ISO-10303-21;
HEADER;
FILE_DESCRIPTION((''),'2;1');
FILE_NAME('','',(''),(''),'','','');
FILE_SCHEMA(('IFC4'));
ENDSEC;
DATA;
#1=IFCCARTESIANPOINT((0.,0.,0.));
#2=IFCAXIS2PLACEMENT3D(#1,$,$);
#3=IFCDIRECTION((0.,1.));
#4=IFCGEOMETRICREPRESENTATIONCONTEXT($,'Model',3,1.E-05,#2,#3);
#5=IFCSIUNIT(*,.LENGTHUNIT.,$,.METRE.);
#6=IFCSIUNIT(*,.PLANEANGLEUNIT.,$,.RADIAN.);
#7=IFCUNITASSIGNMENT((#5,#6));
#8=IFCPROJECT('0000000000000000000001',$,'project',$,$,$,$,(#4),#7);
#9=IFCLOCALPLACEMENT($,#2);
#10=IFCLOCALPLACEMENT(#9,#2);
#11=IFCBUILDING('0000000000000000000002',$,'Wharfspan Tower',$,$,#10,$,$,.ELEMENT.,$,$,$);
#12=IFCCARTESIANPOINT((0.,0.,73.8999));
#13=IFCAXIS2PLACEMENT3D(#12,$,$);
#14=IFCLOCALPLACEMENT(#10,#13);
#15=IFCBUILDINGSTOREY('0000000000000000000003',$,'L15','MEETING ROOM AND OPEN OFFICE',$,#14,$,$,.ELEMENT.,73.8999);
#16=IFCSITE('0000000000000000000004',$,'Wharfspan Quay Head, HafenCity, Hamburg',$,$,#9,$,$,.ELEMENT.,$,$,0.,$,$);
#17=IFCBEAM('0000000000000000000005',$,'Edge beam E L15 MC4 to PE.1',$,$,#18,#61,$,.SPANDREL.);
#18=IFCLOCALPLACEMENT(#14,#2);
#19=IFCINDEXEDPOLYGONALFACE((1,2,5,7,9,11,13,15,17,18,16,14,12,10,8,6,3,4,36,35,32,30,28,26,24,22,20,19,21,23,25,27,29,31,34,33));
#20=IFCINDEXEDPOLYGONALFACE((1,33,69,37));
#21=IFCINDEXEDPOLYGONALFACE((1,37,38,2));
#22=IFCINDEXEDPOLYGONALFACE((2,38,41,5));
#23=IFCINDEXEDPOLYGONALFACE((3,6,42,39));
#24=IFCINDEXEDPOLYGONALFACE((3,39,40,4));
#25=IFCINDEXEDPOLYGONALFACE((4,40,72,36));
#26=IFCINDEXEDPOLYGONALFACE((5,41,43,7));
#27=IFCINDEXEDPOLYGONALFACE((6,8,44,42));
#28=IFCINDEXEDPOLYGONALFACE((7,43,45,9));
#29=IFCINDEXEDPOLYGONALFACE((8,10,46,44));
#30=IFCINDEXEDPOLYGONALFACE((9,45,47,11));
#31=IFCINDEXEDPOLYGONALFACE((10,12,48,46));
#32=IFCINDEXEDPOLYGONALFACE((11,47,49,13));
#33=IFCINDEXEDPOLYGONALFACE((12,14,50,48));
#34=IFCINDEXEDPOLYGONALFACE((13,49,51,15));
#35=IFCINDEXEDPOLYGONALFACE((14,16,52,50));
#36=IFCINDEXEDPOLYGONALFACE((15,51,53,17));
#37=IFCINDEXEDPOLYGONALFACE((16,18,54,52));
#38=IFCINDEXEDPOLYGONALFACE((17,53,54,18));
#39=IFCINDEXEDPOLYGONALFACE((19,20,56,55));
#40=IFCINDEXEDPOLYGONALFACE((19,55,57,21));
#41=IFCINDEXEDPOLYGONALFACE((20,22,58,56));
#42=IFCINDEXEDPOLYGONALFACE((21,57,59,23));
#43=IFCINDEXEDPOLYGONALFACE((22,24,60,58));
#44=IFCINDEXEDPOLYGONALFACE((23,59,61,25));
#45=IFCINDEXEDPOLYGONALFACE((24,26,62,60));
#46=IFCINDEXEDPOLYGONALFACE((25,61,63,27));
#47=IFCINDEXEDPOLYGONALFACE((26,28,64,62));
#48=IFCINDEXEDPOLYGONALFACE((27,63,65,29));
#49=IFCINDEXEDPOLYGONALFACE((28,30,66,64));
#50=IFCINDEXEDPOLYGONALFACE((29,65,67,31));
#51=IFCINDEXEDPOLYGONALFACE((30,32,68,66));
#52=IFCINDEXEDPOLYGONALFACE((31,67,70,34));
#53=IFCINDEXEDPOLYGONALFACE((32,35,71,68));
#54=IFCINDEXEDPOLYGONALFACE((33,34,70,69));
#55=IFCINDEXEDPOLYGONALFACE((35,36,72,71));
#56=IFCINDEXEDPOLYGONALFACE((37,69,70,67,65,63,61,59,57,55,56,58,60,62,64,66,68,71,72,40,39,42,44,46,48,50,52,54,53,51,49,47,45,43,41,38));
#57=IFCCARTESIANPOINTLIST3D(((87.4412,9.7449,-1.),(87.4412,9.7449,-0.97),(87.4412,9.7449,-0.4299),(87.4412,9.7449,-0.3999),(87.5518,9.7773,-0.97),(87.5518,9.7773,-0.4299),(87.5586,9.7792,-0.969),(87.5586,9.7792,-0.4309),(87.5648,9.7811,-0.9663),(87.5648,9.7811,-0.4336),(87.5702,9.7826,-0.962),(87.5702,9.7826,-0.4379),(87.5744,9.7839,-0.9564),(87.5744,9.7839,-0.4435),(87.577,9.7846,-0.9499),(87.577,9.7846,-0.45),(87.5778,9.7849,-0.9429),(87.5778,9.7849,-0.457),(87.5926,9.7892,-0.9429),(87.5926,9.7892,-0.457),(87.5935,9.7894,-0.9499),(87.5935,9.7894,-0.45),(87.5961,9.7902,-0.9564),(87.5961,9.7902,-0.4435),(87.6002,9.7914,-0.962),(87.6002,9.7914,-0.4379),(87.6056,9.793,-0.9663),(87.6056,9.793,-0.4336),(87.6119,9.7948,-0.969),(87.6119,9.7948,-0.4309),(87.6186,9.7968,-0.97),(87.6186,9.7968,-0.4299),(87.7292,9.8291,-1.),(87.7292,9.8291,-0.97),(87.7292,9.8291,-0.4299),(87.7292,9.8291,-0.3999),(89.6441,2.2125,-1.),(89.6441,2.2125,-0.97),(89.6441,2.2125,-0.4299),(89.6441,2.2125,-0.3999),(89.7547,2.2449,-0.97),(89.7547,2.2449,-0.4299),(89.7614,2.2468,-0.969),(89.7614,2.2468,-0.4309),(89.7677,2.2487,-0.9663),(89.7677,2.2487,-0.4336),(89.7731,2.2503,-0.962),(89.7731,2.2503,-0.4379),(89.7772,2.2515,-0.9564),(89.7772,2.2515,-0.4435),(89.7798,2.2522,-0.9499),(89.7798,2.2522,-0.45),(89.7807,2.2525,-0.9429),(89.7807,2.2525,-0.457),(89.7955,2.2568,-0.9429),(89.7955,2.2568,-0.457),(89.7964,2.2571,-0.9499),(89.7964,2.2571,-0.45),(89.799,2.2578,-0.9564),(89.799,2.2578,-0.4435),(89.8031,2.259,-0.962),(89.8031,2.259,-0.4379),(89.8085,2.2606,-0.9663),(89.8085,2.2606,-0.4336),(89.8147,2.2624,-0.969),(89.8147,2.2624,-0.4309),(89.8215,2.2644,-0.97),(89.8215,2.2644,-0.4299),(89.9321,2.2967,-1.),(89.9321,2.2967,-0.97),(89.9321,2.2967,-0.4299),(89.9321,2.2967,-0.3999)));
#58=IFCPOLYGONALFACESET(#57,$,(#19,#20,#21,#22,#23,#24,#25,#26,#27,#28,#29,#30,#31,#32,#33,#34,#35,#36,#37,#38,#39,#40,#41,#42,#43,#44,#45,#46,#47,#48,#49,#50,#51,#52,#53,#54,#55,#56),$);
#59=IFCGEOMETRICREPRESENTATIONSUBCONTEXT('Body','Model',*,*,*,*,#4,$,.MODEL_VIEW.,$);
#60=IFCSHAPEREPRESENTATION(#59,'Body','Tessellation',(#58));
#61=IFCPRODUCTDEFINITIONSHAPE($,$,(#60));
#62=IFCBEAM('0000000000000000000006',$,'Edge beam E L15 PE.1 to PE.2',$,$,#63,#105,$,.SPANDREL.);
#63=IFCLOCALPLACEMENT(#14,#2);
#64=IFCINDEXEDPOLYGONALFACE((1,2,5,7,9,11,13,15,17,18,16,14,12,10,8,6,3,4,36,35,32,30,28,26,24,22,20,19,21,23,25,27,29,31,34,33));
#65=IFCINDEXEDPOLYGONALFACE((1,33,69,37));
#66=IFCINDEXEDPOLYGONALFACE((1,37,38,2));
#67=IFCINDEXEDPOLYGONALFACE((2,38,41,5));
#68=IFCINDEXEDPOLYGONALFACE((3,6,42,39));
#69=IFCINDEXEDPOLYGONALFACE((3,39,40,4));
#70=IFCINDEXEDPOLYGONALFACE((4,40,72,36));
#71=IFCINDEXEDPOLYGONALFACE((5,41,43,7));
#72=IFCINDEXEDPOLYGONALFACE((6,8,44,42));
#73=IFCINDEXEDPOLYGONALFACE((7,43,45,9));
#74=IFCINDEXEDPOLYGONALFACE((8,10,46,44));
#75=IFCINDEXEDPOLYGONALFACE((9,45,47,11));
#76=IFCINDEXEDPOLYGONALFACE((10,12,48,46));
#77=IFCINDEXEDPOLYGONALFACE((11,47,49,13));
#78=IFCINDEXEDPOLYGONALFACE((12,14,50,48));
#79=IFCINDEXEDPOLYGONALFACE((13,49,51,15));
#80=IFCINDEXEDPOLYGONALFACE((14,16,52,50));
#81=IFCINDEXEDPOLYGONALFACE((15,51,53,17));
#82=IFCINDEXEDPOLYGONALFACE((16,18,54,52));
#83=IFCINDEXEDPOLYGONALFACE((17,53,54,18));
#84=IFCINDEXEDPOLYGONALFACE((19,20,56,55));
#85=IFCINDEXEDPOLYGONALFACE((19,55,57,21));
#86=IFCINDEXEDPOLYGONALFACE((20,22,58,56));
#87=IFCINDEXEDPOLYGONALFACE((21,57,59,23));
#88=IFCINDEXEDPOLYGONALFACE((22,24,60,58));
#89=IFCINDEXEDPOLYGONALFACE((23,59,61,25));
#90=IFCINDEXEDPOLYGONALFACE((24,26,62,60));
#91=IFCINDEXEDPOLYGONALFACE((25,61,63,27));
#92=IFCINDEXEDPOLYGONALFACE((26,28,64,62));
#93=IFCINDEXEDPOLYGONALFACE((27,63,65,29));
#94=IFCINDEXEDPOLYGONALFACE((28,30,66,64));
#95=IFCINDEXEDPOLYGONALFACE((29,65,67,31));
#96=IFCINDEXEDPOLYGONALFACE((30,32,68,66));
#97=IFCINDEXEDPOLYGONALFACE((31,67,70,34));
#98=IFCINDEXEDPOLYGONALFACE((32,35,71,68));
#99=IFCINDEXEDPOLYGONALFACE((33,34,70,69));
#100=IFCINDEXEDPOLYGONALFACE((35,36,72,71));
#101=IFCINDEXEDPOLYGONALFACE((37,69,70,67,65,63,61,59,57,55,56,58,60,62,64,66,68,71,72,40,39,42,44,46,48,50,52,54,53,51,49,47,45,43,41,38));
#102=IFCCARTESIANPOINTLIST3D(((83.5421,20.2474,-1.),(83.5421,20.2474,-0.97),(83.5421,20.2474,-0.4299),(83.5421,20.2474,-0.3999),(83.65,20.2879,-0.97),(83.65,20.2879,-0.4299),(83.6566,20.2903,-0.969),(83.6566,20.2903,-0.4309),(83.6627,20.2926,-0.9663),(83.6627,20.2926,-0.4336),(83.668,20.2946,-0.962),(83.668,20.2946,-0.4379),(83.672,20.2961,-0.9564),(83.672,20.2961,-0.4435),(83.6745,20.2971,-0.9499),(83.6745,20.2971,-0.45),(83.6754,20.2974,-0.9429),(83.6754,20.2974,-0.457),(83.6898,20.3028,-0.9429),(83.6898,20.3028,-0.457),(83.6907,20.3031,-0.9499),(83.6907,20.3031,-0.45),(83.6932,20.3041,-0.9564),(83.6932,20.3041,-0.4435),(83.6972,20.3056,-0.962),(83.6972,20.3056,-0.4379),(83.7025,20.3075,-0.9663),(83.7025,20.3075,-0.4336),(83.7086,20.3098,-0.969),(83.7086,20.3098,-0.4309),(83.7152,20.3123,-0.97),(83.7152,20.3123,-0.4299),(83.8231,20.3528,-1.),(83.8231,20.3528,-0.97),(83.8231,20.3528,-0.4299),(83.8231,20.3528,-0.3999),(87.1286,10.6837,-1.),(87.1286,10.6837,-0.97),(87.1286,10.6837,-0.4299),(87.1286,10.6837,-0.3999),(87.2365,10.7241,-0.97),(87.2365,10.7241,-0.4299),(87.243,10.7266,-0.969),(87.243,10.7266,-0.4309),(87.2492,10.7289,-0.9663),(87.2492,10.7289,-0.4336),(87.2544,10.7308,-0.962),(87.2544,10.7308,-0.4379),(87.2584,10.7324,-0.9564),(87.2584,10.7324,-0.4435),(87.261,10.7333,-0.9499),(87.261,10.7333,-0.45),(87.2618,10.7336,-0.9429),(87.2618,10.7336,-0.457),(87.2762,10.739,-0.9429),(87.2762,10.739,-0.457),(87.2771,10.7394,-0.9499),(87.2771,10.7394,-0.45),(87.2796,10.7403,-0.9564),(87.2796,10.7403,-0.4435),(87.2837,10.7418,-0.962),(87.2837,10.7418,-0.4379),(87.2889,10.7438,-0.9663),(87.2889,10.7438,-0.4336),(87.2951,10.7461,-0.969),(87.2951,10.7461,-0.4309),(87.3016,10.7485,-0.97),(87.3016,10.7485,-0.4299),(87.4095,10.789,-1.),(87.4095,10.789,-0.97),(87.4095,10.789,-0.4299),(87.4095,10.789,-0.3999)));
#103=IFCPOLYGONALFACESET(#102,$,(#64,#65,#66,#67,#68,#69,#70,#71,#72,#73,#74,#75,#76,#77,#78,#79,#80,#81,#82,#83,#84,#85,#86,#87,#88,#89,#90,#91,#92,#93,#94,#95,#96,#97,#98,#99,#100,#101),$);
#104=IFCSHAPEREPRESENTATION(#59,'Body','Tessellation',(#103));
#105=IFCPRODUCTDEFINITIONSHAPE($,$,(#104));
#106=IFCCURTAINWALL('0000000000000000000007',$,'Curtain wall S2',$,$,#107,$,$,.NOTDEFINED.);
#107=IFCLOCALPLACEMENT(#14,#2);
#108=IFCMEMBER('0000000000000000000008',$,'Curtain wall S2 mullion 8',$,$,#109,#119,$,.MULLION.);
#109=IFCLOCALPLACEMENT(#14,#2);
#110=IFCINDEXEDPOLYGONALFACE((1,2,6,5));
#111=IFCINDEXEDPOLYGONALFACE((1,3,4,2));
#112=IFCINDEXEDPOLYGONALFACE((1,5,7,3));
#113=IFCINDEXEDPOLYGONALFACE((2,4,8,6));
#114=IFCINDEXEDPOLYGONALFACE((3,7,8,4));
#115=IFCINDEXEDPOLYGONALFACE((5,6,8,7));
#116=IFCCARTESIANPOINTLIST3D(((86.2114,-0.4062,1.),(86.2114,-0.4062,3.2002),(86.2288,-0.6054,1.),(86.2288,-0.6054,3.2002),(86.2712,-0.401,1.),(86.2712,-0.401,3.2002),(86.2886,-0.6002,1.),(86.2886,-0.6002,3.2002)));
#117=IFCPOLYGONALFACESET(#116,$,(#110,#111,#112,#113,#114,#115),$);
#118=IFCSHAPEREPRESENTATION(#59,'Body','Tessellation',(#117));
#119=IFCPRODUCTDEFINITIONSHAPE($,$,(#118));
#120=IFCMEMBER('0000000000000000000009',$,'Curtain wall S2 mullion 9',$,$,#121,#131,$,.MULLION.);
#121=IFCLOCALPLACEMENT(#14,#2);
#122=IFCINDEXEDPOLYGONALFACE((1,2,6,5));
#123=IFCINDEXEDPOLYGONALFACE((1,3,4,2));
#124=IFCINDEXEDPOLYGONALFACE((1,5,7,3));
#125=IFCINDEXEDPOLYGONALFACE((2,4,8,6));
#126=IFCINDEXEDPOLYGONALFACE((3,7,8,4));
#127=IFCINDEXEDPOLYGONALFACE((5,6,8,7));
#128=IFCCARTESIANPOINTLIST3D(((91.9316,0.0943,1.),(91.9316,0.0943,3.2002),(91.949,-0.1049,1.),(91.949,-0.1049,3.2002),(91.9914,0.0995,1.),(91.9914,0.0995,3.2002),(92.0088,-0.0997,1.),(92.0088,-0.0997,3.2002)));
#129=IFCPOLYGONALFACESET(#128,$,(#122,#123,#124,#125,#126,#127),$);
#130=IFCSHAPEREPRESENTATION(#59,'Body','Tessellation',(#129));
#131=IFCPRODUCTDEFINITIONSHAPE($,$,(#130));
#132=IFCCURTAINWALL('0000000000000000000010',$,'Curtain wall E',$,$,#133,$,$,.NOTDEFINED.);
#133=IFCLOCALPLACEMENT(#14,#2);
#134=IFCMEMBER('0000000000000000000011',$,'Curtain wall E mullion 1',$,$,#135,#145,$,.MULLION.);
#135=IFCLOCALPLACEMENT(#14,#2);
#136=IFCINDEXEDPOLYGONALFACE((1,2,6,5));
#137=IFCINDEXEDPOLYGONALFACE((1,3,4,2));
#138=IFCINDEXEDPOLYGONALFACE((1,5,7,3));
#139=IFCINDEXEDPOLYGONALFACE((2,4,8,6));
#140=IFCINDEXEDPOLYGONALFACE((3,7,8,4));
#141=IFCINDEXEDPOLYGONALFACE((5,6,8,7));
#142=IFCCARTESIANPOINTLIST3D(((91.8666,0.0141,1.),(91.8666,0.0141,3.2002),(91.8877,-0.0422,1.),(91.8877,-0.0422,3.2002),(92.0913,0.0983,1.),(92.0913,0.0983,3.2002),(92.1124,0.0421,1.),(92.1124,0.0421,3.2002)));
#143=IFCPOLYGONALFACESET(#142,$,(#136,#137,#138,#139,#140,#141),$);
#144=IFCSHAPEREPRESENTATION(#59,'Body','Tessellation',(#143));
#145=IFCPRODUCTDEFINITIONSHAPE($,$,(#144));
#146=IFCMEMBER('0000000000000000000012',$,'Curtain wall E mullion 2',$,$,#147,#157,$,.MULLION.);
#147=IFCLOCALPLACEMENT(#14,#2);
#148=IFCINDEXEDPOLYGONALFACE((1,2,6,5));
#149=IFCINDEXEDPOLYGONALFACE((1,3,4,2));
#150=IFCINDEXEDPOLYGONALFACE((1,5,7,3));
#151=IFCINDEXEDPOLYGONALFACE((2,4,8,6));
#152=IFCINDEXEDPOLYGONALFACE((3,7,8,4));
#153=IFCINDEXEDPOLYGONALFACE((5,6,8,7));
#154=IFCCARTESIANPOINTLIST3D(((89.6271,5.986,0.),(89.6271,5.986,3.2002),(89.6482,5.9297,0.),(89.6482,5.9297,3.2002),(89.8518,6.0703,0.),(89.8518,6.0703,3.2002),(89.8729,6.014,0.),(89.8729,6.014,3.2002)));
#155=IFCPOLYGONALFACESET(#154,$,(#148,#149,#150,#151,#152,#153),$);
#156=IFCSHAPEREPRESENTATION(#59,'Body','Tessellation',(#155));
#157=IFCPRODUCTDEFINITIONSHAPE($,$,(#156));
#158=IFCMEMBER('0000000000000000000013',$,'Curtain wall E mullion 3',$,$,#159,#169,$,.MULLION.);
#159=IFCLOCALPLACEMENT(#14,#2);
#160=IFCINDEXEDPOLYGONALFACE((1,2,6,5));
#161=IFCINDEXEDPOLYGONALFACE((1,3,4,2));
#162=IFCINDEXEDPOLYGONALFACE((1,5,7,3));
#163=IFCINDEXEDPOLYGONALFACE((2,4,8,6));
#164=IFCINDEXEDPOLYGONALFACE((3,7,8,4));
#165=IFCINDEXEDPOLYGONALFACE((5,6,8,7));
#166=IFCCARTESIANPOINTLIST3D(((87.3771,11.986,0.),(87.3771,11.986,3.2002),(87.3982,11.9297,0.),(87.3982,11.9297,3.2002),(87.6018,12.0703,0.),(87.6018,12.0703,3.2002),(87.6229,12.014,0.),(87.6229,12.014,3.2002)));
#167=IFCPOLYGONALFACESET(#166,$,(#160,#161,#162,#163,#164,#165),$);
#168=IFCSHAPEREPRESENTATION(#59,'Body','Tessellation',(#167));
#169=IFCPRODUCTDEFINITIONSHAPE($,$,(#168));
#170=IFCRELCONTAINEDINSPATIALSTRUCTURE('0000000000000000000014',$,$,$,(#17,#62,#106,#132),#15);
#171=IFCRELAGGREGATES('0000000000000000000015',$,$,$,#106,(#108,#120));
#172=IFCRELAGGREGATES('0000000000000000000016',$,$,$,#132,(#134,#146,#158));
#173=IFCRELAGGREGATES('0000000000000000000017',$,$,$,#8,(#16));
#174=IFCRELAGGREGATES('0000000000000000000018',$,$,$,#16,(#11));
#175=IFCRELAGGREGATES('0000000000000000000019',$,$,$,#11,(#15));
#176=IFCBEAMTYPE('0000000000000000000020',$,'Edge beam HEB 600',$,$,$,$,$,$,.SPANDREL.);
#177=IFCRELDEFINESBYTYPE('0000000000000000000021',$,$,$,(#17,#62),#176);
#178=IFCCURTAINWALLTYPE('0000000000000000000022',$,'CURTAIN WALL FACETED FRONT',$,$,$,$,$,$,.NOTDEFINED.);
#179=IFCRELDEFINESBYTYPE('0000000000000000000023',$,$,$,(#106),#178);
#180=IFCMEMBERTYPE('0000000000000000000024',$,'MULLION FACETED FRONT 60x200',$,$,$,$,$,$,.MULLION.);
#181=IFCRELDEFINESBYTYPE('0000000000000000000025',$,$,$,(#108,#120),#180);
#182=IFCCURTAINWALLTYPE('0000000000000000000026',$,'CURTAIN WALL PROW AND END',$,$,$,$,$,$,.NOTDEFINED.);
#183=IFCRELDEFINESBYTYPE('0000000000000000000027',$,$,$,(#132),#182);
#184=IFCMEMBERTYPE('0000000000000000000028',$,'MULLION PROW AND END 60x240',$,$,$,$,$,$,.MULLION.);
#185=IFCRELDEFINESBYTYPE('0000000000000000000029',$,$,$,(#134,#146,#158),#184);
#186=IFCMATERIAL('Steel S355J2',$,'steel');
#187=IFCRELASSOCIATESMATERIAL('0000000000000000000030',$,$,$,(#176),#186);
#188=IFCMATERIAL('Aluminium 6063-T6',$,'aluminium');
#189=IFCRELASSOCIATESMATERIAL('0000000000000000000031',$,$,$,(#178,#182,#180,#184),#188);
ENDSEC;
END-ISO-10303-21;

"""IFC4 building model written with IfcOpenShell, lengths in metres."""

from ifc_helpers import new_model, si_unit, direction, frame, origin, origin_2d, place, context, subcontext, project, spatial, rectangle, i_section, extrude, material, material_profile, profile_set, type_object, element, aggregate, save


model = new_model("IFC4")

# Units and contexts
model_context = context("Model", 3, precision=1e-05, world=origin(), true_north=direction((0.0, 1.0)))
body_context = subcontext(model_context, "Body", "Model", "MODEL_VIEW")
ifc_project = project(units=[si_unit("LENGTHUNIT", "METRE"), si_unit("PLANEANGLEUNIT", "RADIAN")], contexts=[model_context])

# Site, building, storey
site_placement = place(None, origin())
site = spatial("IfcSite", under=ifc_project, at=site_placement, Name="Wharfspan Quay Head, HafenCity, Hamburg", CompositionType="ELEMENT", RefElevation=0.0)
building_placement = place(site_placement, origin())
building = spatial("IfcBuilding", under=site, at=building_placement, Name="Wharfspan Tower", CompositionType="ELEMENT")
storey_placement = place(building_placement, frame((0.0, 0.0, 73.8999)))
storey = spatial("IfcBuildingStorey", under=building, at=storey_placement, Name="L15", Description="MEETING ROOM AND OPEN OFFICE", CompositionType="ELEMENT", Elevation=73.8999)

# Shared definitions
ifc_material_1 = material(Name="Steel S355J2", Category="steel")

# Beams
ifc_material_profile_1 = material_profile(ifc_material_1, i_section(OverallWidth=0.3, OverallDepth=0.6001, WebThickness=0.0154, FlangeThickness=0.03, FilletRadius=0.0271, at=origin_2d()))
ifc_profile_set_1 = profile_set([ifc_material_profile_1], Name="Steel S355J2")
beam_type = type_object("IfcBeamType", Name="Edge beam HEB 600", PredefinedType="SPANDREL", material=ifc_profile_set_1)
beam_1_placement = place(storey_placement, frame((89.7881, 2.2546, -0.7), z_axis=(-0.280694, 0.959797, 0.0), x_axis=(-0.959797, -0.280694, 0.0)))
element("IfcBeam", 1, at=beam_1_placement, inside=storey, type_object=beam_type, Name="Edge beam E L15 MC4 to PE.1", PredefinedType="SPANDREL", context=body_context, shape_type="SweptSolid", body=[
    extrude(i_section(OverallWidth=0.3, OverallDepth=0.6001, WebThickness=0.0154, FlangeThickness=0.03, FilletRadius=0.0271, at=origin_2d()), origin(), (0.0, 0.0, 1.0), 7.8479),
])
beam_2_placement = place(storey_placement, frame((87.269, 10.7363, -0.7), z_axis=(-0.351126, 0.936328, 0.0), x_axis=(-0.936328, -0.351126, 0.0)))
element("IfcBeam", 2, at=beam_2_placement, inside=storey, type_object=beam_type, Name="Edge beam E L15 PE.1 to PE.2", PredefinedType="SPANDREL", context=body_context, shape_type="SweptSolid", body=[
    extrude(i_section(OverallWidth=0.3, OverallDepth=0.6001, WebThickness=0.0154, FlangeThickness=0.03, FilletRadius=0.0271, at=origin_2d()), origin(), (0.0, 0.0, 1.0), 10.2141),
])

# Curtain walls, members
ifc_material_2 = material(Name="Aluminium 6063-T6", Category="aluminium")
curtain_wall_type_1 = type_object("IfcCurtainWallType", Name="CURTAIN WALL FACETED FRONT", PredefinedType="NOTDEFINED", material=ifc_material_2)
curtain_wall_1_placement = place(storey_placement, origin())
curtain_wall_1 = element("IfcCurtainWall", 3, at=curtain_wall_1_placement, inside=storey, type_object=curtain_wall_type_1, Name="Curtain wall S2", PredefinedType="NOTDEFINED")
ifc_material_profile_2 = material_profile(ifc_material_2, rectangle(XDim=0.2, YDim=0.0601, at=origin_2d()))
ifc_profile_set_2 = profile_set([ifc_material_profile_2], Name="Aluminium 6063-T6")
member_type_1 = type_object("IfcMemberType", Name="MULLION FACETED FRONT 60x200", PredefinedType="MULLION", material=ifc_profile_set_2)
member_1_placement = place(storey_placement, frame((86.25, -0.5032, 1.0), z_axis=(0.0, 0.0, 1.0), x_axis=(-0.087156, 0.996197, 0.0)))
member_1 = element("IfcMember", 4, at=member_1_placement, type_object=member_type_1, Name="Curtain wall S2 mullion 8", PredefinedType="MULLION", context=body_context, shape_type="SweptSolid", body=[
    extrude(rectangle(XDim=0.2, YDim=0.0601, at=origin_2d()), origin(), (0.0, 0.0, 1.0), 2.2002),
])
member_2_placement = place(storey_placement, frame((91.9702, -0.0027, 1.0), z_axis=(0.0, 0.0, 1.0), x_axis=(-0.087156, 0.996197, 0.0)))
member_2 = element("IfcMember", 5, at=member_2_placement, type_object=member_type_1, Name="Curtain wall S2 mullion 9", PredefinedType="MULLION", context=body_context, shape_type="SweptSolid", body=[
    extrude(rectangle(XDim=0.2, YDim=0.0601, at=origin_2d()), origin(), (0.0, 0.0, 1.0), 2.2002),
])
curtain_wall_type_2 = type_object("IfcCurtainWallType", Name="CURTAIN WALL PROW AND END", PredefinedType="NOTDEFINED", material=ifc_material_2)
curtain_wall_2_placement = place(storey_placement, origin())
curtain_wall_2 = element("IfcCurtainWall", 6, at=curtain_wall_2_placement, inside=storey, type_object=curtain_wall_type_2, Name="Curtain wall E", PredefinedType="NOTDEFINED")
ifc_material_profile_3 = material_profile(ifc_material_2, rectangle(XDim=0.24, YDim=0.0601, at=origin_2d()))
ifc_profile_set_3 = profile_set([ifc_material_profile_3], Name="Aluminium 6063-T6")
member_type_2 = type_object("IfcMemberType", Name="MULLION PROW AND END 60x240", PredefinedType="MULLION", material=ifc_profile_set_3)
member_3_placement = place(storey_placement, frame((91.9895, 0.0281, 1.0), z_axis=(0.0, 0.0, 1.0), x_axis=(-0.936328, -0.351123, 0.0)))
member_3 = element("IfcMember", 7, at=member_3_placement, type_object=member_type_2, Name="Curtain wall E mullion 1", PredefinedType="MULLION", context=body_context, shape_type="SweptSolid", body=[
    extrude(rectangle(XDim=0.24, YDim=0.0601, at=origin_2d()), origin(), (0.0, 0.0, 1.0), 2.2002),
])
member_4_placement = place(storey_placement, frame((89.75, 6.0, 0.0), z_axis=(0.0, 0.0, 1.0), x_axis=(-0.936328, -0.351123, 0.0)))
member_4 = element("IfcMember", 8, at=member_4_placement, type_object=member_type_2, Name="Curtain wall E mullion 2", PredefinedType="MULLION", context=body_context, shape_type="SweptSolid", body=[
    extrude(rectangle(XDim=0.24, YDim=0.0601, at=origin_2d()), origin(), (0.0, 0.0, 1.0), 3.2002),
])
member_5_placement = place(storey_placement, frame((87.5, 12.0, 0.0), z_axis=(0.0, 0.0, 1.0), x_axis=(-0.936328, -0.351123, 0.0)))
member_5 = element("IfcMember", 9, at=member_5_placement, type_object=member_type_2, Name="Curtain wall E mullion 3", PredefinedType="MULLION", context=body_context, shape_type="SweptSolid", body=[
    extrude(rectangle(XDim=0.24, YDim=0.0601, at=origin_2d()), origin(), (0.0, 0.0, 1.0), 3.2002),
])

aggregate(curtain_wall_1, [member_1, member_2])
aggregate(curtain_wall_2, [member_3, member_4, member_5])

save(model, "model.ifc")
